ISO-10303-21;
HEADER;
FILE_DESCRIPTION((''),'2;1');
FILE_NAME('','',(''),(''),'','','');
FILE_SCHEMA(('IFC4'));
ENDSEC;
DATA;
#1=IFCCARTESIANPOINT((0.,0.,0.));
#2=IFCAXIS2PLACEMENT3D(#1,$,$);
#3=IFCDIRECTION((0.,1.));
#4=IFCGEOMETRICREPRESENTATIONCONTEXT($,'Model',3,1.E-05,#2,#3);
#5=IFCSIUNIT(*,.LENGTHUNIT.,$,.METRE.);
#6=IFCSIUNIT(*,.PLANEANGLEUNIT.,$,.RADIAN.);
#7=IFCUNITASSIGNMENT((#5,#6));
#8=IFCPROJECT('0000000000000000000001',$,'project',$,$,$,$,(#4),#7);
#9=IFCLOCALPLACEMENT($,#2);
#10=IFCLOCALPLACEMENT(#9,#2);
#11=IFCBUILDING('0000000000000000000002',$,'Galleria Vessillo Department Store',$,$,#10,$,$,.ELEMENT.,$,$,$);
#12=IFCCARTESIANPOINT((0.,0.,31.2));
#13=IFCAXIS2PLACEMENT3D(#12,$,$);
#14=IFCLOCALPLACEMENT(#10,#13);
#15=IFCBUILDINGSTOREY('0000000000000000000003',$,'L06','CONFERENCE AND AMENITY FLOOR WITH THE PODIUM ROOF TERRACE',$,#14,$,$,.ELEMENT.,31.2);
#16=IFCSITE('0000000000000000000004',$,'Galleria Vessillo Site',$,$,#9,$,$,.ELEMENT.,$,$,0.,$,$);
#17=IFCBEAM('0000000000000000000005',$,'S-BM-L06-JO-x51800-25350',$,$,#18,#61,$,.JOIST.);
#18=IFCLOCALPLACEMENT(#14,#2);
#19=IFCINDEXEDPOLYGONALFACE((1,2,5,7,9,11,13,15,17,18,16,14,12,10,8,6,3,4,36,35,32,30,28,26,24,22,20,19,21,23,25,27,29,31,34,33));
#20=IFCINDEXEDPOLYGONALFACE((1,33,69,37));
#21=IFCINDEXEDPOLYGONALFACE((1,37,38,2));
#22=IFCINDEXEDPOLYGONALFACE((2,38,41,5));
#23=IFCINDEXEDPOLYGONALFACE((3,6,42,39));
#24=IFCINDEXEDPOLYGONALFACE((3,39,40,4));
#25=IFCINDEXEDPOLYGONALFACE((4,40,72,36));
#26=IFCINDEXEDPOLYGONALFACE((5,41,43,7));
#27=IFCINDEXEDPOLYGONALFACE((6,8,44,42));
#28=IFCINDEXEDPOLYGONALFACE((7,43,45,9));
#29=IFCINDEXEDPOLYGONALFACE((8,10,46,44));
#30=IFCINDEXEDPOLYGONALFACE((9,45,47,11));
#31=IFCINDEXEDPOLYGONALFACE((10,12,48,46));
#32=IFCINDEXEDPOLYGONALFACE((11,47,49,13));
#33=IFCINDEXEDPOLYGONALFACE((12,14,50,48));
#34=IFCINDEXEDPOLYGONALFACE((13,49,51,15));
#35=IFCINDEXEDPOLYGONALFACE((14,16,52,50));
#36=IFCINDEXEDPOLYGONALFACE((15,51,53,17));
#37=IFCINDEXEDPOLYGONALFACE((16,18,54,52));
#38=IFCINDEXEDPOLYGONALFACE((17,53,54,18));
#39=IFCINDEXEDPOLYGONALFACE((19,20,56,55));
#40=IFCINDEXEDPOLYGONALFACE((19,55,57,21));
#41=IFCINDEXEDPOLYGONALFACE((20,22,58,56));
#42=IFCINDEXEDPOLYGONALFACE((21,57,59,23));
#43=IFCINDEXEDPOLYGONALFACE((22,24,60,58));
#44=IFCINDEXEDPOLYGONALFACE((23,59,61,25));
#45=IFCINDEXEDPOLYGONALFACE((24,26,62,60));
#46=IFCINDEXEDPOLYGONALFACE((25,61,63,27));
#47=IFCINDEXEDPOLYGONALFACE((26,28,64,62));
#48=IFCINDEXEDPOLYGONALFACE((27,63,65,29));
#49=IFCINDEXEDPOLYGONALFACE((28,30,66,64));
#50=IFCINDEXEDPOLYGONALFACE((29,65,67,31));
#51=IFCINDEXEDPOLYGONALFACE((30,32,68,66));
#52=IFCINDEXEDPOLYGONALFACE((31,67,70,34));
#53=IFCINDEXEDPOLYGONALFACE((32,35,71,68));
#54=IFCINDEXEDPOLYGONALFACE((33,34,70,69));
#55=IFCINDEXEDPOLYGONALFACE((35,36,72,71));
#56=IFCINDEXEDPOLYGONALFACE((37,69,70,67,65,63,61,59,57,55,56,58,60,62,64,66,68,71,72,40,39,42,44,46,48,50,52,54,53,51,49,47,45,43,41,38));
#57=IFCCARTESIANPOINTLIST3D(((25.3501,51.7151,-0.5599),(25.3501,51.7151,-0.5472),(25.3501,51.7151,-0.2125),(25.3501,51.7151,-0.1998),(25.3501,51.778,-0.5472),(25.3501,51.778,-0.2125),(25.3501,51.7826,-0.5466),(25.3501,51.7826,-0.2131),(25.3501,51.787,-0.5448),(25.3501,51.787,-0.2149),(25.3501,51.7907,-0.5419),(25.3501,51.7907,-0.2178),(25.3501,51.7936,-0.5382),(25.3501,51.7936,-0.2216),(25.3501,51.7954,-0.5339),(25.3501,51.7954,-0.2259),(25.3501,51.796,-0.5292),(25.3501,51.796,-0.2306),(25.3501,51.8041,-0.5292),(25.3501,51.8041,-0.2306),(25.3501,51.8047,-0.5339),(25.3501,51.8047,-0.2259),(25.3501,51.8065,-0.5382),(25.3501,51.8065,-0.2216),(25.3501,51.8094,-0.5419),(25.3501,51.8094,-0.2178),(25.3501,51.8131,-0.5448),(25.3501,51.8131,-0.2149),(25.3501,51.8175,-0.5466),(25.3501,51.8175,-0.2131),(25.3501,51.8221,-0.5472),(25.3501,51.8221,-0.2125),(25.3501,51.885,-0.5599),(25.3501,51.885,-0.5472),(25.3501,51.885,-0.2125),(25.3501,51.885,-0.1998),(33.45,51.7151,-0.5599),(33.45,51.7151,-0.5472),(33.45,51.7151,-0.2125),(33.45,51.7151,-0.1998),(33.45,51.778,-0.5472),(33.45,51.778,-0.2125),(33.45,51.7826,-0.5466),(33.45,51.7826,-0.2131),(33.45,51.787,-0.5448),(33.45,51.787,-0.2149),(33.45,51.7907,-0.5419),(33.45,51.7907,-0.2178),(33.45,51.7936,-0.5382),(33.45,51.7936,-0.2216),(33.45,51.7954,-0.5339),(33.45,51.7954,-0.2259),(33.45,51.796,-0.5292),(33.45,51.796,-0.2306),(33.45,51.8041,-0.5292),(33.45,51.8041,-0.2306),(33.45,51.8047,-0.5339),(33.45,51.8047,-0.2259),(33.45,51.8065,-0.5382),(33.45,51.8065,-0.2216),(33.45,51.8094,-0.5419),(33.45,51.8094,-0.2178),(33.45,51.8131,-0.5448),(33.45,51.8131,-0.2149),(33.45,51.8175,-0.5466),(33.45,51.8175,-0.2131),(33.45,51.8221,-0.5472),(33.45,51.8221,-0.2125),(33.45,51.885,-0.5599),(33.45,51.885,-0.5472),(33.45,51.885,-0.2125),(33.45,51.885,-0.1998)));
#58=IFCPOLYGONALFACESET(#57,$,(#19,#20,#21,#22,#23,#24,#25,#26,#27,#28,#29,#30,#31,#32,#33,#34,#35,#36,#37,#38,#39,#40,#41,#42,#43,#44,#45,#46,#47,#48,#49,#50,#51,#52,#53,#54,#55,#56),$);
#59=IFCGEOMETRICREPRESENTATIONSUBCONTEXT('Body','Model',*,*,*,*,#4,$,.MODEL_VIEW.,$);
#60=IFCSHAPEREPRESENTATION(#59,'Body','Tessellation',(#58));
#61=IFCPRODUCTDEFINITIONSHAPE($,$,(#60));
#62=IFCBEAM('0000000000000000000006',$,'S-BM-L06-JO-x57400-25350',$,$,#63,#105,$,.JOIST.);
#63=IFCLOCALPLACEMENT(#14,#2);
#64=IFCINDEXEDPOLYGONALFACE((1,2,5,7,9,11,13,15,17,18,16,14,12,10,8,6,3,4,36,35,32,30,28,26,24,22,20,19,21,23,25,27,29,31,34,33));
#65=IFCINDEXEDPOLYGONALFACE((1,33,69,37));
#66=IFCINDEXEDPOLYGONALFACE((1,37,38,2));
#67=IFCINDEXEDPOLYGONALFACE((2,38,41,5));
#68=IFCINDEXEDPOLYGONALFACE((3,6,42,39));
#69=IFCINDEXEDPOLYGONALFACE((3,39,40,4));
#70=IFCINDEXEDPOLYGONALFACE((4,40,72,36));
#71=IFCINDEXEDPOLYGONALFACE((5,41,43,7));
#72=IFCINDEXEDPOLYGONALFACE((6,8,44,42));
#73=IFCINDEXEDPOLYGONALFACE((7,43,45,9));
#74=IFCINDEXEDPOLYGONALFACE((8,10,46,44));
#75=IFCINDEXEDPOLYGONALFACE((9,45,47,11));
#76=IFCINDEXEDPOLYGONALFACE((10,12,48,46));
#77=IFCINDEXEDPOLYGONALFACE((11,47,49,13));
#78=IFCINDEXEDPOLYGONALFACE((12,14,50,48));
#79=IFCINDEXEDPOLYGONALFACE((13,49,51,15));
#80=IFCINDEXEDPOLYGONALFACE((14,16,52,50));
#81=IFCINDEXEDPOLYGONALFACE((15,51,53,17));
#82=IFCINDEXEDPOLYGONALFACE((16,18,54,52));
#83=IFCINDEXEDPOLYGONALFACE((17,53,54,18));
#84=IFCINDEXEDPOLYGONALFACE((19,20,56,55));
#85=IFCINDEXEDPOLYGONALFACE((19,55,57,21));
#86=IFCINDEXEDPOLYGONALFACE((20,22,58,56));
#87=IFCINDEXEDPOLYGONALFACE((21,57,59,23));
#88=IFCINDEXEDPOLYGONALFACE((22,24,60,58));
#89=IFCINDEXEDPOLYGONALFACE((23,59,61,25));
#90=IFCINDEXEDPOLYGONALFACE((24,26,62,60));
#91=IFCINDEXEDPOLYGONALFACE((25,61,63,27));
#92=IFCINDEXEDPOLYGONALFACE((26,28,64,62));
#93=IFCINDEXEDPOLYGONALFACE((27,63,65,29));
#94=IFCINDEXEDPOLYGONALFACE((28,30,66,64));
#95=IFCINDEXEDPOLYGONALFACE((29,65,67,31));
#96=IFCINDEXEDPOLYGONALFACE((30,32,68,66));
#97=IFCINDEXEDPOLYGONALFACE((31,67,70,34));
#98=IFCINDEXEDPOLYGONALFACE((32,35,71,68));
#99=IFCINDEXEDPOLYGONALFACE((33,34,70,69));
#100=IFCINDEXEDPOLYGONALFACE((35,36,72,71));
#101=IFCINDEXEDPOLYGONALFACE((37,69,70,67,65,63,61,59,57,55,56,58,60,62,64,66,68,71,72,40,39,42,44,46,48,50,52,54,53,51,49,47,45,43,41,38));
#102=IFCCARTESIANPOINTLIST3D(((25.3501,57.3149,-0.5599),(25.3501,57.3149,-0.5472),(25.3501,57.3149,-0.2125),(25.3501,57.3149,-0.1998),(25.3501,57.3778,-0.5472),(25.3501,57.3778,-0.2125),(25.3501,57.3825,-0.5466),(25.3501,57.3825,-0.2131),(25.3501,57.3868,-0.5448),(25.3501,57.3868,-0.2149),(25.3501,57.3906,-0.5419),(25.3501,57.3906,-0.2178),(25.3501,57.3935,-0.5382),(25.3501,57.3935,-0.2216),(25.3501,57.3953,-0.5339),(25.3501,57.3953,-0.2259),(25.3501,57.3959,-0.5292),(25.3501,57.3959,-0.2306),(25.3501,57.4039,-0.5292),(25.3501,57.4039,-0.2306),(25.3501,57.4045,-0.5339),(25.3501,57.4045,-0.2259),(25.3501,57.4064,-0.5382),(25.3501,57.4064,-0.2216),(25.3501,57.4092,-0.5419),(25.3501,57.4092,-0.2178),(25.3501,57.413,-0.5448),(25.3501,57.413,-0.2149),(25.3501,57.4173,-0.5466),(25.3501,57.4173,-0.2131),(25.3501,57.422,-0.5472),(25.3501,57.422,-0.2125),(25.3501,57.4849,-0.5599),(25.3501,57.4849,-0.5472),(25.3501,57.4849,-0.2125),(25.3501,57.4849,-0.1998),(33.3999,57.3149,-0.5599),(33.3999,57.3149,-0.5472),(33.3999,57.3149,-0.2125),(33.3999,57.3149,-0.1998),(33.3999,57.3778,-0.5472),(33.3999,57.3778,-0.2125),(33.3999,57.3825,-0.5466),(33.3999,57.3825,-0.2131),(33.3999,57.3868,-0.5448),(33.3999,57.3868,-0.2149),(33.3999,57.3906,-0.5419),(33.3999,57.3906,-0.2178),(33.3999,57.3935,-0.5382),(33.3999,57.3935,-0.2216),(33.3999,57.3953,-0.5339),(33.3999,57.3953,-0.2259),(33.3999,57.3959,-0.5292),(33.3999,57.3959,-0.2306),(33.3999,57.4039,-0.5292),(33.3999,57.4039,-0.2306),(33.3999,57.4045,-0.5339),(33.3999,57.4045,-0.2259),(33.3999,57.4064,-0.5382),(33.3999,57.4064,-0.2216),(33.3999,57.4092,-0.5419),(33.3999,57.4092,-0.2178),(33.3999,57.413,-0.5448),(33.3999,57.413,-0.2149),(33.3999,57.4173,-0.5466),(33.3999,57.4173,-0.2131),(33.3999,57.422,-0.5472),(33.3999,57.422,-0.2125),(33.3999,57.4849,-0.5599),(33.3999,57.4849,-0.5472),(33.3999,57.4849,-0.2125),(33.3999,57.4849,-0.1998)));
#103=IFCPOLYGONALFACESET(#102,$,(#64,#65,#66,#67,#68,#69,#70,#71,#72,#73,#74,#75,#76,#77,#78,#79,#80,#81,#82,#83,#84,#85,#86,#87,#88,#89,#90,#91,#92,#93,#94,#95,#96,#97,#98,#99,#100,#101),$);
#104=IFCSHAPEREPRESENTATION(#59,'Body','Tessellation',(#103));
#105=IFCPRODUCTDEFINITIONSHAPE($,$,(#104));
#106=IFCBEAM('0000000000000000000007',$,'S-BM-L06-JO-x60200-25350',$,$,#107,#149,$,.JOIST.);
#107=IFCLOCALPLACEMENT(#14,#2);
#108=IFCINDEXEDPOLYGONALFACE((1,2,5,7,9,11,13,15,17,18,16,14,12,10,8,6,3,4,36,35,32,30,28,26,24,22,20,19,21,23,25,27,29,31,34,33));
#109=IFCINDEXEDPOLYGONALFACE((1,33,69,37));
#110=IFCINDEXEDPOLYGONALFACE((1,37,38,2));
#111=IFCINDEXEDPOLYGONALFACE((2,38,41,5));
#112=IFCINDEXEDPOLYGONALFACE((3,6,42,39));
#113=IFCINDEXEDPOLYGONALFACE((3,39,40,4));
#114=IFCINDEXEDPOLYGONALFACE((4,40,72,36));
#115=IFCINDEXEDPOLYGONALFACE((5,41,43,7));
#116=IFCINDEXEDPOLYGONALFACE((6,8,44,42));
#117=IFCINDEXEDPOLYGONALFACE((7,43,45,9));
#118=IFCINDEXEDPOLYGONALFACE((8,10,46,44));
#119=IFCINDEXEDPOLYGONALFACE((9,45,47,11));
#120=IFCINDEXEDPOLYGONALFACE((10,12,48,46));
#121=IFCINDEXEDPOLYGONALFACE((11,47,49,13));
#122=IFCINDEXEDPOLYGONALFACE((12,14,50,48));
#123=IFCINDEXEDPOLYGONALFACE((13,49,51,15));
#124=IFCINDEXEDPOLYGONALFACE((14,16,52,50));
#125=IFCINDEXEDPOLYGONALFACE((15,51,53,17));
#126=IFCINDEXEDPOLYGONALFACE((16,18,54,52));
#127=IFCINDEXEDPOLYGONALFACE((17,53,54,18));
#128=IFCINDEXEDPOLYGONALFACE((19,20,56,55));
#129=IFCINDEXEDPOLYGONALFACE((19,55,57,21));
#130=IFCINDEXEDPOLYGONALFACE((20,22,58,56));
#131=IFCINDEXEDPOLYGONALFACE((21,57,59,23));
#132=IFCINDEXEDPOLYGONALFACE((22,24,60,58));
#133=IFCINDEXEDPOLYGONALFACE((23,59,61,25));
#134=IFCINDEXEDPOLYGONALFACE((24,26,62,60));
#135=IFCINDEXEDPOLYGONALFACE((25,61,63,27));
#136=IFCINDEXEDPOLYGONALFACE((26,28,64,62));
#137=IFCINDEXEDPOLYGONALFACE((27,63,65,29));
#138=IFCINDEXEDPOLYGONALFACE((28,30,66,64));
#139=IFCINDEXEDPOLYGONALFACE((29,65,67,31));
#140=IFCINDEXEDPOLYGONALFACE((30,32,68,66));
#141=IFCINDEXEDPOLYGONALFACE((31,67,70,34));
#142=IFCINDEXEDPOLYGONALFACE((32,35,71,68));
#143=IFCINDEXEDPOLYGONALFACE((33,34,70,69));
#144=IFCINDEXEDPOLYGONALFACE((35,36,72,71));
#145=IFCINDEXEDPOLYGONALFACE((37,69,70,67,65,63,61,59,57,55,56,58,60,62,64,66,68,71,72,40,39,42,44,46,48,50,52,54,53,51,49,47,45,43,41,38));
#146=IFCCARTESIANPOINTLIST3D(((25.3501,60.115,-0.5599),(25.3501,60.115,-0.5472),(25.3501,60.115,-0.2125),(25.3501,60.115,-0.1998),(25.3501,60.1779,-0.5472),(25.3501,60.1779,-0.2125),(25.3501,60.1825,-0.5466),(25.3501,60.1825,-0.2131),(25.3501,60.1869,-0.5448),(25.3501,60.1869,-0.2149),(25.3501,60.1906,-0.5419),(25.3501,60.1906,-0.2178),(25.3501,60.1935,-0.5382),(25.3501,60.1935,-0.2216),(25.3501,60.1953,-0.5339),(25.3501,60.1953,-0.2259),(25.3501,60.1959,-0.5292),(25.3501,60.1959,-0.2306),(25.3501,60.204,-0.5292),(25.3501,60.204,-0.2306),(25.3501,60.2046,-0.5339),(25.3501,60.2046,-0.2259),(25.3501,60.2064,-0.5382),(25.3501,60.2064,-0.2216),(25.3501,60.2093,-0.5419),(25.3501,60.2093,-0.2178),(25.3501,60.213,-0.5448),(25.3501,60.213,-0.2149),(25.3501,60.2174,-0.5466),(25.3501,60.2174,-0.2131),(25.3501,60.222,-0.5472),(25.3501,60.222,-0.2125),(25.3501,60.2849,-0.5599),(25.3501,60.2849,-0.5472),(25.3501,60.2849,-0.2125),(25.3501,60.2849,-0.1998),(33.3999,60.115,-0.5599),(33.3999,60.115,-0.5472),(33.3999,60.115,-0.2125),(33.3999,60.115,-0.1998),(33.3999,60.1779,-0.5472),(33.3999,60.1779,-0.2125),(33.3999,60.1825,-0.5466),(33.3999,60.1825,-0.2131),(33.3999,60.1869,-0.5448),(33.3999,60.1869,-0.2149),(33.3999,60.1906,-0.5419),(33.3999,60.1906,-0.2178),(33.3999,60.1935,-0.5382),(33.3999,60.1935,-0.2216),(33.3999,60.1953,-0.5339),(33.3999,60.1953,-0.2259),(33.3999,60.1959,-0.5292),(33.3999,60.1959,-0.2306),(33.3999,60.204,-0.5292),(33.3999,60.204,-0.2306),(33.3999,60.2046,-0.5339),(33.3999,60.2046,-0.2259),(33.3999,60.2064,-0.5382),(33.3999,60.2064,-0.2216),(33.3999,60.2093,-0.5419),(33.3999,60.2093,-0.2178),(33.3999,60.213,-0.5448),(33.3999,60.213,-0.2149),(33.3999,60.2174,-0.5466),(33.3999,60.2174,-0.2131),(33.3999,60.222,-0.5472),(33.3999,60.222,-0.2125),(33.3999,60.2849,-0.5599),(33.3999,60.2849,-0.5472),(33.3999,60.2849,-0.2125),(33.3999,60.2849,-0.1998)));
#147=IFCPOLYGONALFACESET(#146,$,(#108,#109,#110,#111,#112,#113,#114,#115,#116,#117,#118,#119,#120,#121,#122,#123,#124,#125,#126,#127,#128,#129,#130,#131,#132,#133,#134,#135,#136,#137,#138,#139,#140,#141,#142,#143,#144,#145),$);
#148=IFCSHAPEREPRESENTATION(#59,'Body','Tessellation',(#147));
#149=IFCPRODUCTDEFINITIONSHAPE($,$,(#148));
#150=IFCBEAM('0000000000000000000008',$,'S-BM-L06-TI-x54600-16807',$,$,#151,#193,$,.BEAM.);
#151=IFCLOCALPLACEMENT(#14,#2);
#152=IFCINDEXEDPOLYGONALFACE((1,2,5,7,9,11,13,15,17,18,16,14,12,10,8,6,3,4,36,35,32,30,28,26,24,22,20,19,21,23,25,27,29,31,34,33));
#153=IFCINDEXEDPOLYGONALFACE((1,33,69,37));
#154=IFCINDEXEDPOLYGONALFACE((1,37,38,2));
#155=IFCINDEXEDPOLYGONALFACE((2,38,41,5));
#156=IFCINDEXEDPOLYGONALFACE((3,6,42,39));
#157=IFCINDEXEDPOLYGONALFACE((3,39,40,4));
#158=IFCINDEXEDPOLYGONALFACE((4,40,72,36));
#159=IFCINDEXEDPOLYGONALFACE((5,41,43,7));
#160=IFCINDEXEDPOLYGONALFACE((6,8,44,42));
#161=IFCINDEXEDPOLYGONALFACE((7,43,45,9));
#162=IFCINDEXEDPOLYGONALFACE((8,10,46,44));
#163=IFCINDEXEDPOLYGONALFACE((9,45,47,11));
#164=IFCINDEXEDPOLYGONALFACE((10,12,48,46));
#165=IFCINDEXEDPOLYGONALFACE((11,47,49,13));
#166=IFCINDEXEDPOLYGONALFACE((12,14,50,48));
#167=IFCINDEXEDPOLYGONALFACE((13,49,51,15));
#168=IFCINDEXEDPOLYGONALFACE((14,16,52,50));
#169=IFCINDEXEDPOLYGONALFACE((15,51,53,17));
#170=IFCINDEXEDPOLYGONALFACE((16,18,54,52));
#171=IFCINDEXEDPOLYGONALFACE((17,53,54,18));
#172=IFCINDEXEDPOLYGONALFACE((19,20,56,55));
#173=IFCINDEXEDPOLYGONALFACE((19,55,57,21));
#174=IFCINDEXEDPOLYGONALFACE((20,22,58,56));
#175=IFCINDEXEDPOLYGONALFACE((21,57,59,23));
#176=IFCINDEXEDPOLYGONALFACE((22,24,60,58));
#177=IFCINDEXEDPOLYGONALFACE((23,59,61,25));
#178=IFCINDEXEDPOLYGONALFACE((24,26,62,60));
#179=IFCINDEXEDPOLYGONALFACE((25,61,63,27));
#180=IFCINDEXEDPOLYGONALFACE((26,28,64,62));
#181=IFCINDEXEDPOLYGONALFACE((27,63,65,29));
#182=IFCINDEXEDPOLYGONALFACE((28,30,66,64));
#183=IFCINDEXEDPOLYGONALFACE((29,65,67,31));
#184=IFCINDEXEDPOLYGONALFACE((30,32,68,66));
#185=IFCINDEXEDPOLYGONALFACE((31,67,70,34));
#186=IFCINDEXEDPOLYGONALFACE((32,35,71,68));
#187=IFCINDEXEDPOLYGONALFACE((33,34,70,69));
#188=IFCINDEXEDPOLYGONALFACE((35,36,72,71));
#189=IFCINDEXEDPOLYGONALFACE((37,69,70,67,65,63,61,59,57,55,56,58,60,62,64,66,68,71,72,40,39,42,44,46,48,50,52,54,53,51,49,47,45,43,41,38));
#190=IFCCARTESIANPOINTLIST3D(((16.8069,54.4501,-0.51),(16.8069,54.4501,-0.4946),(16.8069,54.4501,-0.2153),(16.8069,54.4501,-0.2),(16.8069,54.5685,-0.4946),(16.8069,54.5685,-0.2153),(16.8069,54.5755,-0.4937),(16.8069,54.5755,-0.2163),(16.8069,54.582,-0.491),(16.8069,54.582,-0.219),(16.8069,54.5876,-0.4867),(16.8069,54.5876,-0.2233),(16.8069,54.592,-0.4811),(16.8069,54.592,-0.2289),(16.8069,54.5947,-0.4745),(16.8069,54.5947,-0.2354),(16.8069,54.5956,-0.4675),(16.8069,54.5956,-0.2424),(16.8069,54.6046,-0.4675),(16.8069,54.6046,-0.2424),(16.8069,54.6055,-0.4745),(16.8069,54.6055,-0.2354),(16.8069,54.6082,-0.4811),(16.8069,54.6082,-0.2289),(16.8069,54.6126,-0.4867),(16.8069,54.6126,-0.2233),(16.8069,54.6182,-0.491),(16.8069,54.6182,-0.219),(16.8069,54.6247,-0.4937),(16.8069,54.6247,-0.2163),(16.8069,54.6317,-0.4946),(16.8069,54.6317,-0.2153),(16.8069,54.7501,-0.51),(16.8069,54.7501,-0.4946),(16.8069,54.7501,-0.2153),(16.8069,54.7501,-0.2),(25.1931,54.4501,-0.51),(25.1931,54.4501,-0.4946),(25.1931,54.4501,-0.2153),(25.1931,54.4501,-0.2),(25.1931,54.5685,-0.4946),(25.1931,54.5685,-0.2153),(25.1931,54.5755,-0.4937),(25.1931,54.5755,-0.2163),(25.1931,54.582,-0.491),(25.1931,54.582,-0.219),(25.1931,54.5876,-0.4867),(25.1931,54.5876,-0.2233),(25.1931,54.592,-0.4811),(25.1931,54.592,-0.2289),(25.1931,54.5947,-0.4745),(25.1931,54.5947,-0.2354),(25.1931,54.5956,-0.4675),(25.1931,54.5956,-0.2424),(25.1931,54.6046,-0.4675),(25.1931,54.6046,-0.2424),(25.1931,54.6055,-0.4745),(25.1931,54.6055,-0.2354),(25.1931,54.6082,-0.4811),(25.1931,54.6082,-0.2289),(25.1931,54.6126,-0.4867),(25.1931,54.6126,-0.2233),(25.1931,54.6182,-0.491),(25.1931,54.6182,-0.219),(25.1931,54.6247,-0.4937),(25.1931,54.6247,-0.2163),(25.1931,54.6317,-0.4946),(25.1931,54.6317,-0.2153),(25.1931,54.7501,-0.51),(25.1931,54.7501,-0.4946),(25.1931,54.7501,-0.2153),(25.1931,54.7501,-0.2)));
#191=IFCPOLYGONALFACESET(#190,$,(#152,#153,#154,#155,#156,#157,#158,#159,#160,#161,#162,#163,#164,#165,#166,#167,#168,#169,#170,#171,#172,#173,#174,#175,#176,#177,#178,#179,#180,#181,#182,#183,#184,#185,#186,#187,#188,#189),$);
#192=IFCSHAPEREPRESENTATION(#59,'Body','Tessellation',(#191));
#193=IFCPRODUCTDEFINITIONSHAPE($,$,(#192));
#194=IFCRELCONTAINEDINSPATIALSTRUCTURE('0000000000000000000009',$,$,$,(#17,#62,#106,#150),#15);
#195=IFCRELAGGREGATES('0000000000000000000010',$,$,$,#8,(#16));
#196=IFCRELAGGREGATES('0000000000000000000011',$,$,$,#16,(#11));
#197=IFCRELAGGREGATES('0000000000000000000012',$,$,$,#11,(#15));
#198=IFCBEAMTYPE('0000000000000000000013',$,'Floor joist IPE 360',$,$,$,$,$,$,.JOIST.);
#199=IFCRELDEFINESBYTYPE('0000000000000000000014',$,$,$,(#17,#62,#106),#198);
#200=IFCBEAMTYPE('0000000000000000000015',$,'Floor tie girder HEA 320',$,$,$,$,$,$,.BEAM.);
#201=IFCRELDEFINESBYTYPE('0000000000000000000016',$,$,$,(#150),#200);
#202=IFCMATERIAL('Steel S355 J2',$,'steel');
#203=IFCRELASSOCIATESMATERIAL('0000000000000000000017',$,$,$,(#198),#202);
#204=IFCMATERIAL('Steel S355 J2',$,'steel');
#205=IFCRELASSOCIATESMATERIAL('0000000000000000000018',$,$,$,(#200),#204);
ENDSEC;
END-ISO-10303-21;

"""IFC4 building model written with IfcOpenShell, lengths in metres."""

from ifc_helpers import new_model, si_unit, direction, frame, origin, origin_2d, place, context, subcontext, project, spatial, i_section, extrude, material, material_profile, profile_set, type_object, element, save


model = new_model("IFC4")

# Units and contexts
model_context = context("Model", 3, precision=1e-05, world=origin(), true_north=direction((0.0, 1.0)))
body_context = subcontext(model_context, "Body", "Model", "MODEL_VIEW")
ifc_project = project(units=[si_unit("LENGTHUNIT", "METRE"), si_unit("PLANEANGLEUNIT", "RADIAN")], contexts=[model_context])

# Site, building, storey
site_placement = place(None, origin())
site = spatial("IfcSite", under=ifc_project, at=site_placement, Name="Galleria Vessillo Site", CompositionType="ELEMENT", RefElevation=0.0)
building_placement = place(site_placement, origin())
building = spatial("IfcBuilding", under=site, at=building_placement, Name="Galleria Vessillo Department Store", CompositionType="ELEMENT")
storey_placement = place(building_placement, frame((0.0, 0.0, 31.2)))
storey = spatial("IfcBuildingStorey", under=building, at=storey_placement, Name="L06", Description="CONFERENCE AND AMENITY FLOOR WITH THE PODIUM ROOF TERRACE", CompositionType="ELEMENT", Elevation=31.2)

# Beams
ifc_material_1 = material(Name="Steel S355 J2", Category="steel")
ifc_material_profile_1 = material_profile(ifc_material_1, i_section(OverallWidth=0.1699, OverallDepth=0.3601, WebThickness=0.0081, FlangeThickness=0.0127, FilletRadius=0.0181, at=origin_2d()), Name="IPE 360")
ifc_profile_set_1 = profile_set([ifc_material_profile_1], Name="Steel S355 J2")
beam_type_1 = type_object("IfcBeamType", Name="Floor joist IPE 360", PredefinedType="JOIST", material=ifc_profile_set_1)
for number, where, z_axis, x_axis, name in (
    (1, (25.3501, 51.8, -0.3799), (1.0, 0.0, 0.0), (0.0, 1.0, 0.0), "S-BM-L06-JO-x51800-25350"),
):
    element("IfcBeam", number, at=place(storey_placement, frame(where, z_axis=z_axis, x_axis=x_axis)), inside=storey, type_object=beam_type_1, Name=name, PredefinedType="JOIST", context=body_context, shape_type="SweptSolid", body=[
        extrude(i_section(OverallWidth=0.1699, OverallDepth=0.3601, WebThickness=0.0081, FlangeThickness=0.0127, FilletRadius=0.0181, at=origin_2d()), origin(), (0.0, 0.0, 1.0), 8.0999),
    ])
for number, where, z_axis, x_axis, name in (
    (2, (25.3501, 57.3999, -0.3799), (1.0, 0.0, 0.0), (0.0, 1.0, 0.0), "S-BM-L06-JO-x57400-25350"),
    (3, (25.3501, 60.2, -0.3799), (1.0, 0.0, 0.0), (0.0, 1.0, 0.0), "S-BM-L06-JO-x60200-25350"),
):
    element("IfcBeam", number, at=place(storey_placement, frame(where, z_axis=z_axis, x_axis=x_axis)), inside=storey, type_object=beam_type_1, Name=name, PredefinedType="JOIST", context=body_context, shape_type="SweptSolid", body=[
        extrude(i_section(OverallWidth=0.1699, OverallDepth=0.3601, WebThickness=0.0081, FlangeThickness=0.0127, FilletRadius=0.0181, at=origin_2d()), origin(), (0.0, 0.0, 1.0), 8.0498),
    ])
ifc_material_2 = material(Name="Steel S355 J2", Category="steel")
ifc_material_profile_2 = material_profile(ifc_material_2, i_section(OverallWidth=0.3, OverallDepth=0.3101, WebThickness=0.009, FlangeThickness=0.0154, FilletRadius=0.0271, at=origin_2d()), Name="HEA 320")
ifc_profile_set_2 = profile_set([ifc_material_profile_2], Name="Steel S355 J2")
beam_type_2 = type_object("IfcBeamType", Name="Floor tie girder HEA 320", PredefinedType="BEAM", material=ifc_profile_set_2)
for number, where, z_axis, x_axis, name in (
    (4, (16.8069, 54.6001, -0.355), (1.0, 0.0, 0.0), (0.0, 1.0, 0.0), "S-BM-L06-TI-x54600-16807"),
):
    element("IfcBeam", number, at=place(storey_placement, frame(where, z_axis=z_axis, x_axis=x_axis)), inside=storey, type_object=beam_type_2, Name=name, PredefinedType="BEAM", context=body_context, shape_type="SweptSolid", body=[
        extrude(i_section(OverallWidth=0.3, OverallDepth=0.3101, WebThickness=0.009, FlangeThickness=0.0154, FilletRadius=0.0271, at=origin_2d()), origin(), (0.0, 0.0, 1.0), 8.3862),
    ])

save(model, "model.ifc")
